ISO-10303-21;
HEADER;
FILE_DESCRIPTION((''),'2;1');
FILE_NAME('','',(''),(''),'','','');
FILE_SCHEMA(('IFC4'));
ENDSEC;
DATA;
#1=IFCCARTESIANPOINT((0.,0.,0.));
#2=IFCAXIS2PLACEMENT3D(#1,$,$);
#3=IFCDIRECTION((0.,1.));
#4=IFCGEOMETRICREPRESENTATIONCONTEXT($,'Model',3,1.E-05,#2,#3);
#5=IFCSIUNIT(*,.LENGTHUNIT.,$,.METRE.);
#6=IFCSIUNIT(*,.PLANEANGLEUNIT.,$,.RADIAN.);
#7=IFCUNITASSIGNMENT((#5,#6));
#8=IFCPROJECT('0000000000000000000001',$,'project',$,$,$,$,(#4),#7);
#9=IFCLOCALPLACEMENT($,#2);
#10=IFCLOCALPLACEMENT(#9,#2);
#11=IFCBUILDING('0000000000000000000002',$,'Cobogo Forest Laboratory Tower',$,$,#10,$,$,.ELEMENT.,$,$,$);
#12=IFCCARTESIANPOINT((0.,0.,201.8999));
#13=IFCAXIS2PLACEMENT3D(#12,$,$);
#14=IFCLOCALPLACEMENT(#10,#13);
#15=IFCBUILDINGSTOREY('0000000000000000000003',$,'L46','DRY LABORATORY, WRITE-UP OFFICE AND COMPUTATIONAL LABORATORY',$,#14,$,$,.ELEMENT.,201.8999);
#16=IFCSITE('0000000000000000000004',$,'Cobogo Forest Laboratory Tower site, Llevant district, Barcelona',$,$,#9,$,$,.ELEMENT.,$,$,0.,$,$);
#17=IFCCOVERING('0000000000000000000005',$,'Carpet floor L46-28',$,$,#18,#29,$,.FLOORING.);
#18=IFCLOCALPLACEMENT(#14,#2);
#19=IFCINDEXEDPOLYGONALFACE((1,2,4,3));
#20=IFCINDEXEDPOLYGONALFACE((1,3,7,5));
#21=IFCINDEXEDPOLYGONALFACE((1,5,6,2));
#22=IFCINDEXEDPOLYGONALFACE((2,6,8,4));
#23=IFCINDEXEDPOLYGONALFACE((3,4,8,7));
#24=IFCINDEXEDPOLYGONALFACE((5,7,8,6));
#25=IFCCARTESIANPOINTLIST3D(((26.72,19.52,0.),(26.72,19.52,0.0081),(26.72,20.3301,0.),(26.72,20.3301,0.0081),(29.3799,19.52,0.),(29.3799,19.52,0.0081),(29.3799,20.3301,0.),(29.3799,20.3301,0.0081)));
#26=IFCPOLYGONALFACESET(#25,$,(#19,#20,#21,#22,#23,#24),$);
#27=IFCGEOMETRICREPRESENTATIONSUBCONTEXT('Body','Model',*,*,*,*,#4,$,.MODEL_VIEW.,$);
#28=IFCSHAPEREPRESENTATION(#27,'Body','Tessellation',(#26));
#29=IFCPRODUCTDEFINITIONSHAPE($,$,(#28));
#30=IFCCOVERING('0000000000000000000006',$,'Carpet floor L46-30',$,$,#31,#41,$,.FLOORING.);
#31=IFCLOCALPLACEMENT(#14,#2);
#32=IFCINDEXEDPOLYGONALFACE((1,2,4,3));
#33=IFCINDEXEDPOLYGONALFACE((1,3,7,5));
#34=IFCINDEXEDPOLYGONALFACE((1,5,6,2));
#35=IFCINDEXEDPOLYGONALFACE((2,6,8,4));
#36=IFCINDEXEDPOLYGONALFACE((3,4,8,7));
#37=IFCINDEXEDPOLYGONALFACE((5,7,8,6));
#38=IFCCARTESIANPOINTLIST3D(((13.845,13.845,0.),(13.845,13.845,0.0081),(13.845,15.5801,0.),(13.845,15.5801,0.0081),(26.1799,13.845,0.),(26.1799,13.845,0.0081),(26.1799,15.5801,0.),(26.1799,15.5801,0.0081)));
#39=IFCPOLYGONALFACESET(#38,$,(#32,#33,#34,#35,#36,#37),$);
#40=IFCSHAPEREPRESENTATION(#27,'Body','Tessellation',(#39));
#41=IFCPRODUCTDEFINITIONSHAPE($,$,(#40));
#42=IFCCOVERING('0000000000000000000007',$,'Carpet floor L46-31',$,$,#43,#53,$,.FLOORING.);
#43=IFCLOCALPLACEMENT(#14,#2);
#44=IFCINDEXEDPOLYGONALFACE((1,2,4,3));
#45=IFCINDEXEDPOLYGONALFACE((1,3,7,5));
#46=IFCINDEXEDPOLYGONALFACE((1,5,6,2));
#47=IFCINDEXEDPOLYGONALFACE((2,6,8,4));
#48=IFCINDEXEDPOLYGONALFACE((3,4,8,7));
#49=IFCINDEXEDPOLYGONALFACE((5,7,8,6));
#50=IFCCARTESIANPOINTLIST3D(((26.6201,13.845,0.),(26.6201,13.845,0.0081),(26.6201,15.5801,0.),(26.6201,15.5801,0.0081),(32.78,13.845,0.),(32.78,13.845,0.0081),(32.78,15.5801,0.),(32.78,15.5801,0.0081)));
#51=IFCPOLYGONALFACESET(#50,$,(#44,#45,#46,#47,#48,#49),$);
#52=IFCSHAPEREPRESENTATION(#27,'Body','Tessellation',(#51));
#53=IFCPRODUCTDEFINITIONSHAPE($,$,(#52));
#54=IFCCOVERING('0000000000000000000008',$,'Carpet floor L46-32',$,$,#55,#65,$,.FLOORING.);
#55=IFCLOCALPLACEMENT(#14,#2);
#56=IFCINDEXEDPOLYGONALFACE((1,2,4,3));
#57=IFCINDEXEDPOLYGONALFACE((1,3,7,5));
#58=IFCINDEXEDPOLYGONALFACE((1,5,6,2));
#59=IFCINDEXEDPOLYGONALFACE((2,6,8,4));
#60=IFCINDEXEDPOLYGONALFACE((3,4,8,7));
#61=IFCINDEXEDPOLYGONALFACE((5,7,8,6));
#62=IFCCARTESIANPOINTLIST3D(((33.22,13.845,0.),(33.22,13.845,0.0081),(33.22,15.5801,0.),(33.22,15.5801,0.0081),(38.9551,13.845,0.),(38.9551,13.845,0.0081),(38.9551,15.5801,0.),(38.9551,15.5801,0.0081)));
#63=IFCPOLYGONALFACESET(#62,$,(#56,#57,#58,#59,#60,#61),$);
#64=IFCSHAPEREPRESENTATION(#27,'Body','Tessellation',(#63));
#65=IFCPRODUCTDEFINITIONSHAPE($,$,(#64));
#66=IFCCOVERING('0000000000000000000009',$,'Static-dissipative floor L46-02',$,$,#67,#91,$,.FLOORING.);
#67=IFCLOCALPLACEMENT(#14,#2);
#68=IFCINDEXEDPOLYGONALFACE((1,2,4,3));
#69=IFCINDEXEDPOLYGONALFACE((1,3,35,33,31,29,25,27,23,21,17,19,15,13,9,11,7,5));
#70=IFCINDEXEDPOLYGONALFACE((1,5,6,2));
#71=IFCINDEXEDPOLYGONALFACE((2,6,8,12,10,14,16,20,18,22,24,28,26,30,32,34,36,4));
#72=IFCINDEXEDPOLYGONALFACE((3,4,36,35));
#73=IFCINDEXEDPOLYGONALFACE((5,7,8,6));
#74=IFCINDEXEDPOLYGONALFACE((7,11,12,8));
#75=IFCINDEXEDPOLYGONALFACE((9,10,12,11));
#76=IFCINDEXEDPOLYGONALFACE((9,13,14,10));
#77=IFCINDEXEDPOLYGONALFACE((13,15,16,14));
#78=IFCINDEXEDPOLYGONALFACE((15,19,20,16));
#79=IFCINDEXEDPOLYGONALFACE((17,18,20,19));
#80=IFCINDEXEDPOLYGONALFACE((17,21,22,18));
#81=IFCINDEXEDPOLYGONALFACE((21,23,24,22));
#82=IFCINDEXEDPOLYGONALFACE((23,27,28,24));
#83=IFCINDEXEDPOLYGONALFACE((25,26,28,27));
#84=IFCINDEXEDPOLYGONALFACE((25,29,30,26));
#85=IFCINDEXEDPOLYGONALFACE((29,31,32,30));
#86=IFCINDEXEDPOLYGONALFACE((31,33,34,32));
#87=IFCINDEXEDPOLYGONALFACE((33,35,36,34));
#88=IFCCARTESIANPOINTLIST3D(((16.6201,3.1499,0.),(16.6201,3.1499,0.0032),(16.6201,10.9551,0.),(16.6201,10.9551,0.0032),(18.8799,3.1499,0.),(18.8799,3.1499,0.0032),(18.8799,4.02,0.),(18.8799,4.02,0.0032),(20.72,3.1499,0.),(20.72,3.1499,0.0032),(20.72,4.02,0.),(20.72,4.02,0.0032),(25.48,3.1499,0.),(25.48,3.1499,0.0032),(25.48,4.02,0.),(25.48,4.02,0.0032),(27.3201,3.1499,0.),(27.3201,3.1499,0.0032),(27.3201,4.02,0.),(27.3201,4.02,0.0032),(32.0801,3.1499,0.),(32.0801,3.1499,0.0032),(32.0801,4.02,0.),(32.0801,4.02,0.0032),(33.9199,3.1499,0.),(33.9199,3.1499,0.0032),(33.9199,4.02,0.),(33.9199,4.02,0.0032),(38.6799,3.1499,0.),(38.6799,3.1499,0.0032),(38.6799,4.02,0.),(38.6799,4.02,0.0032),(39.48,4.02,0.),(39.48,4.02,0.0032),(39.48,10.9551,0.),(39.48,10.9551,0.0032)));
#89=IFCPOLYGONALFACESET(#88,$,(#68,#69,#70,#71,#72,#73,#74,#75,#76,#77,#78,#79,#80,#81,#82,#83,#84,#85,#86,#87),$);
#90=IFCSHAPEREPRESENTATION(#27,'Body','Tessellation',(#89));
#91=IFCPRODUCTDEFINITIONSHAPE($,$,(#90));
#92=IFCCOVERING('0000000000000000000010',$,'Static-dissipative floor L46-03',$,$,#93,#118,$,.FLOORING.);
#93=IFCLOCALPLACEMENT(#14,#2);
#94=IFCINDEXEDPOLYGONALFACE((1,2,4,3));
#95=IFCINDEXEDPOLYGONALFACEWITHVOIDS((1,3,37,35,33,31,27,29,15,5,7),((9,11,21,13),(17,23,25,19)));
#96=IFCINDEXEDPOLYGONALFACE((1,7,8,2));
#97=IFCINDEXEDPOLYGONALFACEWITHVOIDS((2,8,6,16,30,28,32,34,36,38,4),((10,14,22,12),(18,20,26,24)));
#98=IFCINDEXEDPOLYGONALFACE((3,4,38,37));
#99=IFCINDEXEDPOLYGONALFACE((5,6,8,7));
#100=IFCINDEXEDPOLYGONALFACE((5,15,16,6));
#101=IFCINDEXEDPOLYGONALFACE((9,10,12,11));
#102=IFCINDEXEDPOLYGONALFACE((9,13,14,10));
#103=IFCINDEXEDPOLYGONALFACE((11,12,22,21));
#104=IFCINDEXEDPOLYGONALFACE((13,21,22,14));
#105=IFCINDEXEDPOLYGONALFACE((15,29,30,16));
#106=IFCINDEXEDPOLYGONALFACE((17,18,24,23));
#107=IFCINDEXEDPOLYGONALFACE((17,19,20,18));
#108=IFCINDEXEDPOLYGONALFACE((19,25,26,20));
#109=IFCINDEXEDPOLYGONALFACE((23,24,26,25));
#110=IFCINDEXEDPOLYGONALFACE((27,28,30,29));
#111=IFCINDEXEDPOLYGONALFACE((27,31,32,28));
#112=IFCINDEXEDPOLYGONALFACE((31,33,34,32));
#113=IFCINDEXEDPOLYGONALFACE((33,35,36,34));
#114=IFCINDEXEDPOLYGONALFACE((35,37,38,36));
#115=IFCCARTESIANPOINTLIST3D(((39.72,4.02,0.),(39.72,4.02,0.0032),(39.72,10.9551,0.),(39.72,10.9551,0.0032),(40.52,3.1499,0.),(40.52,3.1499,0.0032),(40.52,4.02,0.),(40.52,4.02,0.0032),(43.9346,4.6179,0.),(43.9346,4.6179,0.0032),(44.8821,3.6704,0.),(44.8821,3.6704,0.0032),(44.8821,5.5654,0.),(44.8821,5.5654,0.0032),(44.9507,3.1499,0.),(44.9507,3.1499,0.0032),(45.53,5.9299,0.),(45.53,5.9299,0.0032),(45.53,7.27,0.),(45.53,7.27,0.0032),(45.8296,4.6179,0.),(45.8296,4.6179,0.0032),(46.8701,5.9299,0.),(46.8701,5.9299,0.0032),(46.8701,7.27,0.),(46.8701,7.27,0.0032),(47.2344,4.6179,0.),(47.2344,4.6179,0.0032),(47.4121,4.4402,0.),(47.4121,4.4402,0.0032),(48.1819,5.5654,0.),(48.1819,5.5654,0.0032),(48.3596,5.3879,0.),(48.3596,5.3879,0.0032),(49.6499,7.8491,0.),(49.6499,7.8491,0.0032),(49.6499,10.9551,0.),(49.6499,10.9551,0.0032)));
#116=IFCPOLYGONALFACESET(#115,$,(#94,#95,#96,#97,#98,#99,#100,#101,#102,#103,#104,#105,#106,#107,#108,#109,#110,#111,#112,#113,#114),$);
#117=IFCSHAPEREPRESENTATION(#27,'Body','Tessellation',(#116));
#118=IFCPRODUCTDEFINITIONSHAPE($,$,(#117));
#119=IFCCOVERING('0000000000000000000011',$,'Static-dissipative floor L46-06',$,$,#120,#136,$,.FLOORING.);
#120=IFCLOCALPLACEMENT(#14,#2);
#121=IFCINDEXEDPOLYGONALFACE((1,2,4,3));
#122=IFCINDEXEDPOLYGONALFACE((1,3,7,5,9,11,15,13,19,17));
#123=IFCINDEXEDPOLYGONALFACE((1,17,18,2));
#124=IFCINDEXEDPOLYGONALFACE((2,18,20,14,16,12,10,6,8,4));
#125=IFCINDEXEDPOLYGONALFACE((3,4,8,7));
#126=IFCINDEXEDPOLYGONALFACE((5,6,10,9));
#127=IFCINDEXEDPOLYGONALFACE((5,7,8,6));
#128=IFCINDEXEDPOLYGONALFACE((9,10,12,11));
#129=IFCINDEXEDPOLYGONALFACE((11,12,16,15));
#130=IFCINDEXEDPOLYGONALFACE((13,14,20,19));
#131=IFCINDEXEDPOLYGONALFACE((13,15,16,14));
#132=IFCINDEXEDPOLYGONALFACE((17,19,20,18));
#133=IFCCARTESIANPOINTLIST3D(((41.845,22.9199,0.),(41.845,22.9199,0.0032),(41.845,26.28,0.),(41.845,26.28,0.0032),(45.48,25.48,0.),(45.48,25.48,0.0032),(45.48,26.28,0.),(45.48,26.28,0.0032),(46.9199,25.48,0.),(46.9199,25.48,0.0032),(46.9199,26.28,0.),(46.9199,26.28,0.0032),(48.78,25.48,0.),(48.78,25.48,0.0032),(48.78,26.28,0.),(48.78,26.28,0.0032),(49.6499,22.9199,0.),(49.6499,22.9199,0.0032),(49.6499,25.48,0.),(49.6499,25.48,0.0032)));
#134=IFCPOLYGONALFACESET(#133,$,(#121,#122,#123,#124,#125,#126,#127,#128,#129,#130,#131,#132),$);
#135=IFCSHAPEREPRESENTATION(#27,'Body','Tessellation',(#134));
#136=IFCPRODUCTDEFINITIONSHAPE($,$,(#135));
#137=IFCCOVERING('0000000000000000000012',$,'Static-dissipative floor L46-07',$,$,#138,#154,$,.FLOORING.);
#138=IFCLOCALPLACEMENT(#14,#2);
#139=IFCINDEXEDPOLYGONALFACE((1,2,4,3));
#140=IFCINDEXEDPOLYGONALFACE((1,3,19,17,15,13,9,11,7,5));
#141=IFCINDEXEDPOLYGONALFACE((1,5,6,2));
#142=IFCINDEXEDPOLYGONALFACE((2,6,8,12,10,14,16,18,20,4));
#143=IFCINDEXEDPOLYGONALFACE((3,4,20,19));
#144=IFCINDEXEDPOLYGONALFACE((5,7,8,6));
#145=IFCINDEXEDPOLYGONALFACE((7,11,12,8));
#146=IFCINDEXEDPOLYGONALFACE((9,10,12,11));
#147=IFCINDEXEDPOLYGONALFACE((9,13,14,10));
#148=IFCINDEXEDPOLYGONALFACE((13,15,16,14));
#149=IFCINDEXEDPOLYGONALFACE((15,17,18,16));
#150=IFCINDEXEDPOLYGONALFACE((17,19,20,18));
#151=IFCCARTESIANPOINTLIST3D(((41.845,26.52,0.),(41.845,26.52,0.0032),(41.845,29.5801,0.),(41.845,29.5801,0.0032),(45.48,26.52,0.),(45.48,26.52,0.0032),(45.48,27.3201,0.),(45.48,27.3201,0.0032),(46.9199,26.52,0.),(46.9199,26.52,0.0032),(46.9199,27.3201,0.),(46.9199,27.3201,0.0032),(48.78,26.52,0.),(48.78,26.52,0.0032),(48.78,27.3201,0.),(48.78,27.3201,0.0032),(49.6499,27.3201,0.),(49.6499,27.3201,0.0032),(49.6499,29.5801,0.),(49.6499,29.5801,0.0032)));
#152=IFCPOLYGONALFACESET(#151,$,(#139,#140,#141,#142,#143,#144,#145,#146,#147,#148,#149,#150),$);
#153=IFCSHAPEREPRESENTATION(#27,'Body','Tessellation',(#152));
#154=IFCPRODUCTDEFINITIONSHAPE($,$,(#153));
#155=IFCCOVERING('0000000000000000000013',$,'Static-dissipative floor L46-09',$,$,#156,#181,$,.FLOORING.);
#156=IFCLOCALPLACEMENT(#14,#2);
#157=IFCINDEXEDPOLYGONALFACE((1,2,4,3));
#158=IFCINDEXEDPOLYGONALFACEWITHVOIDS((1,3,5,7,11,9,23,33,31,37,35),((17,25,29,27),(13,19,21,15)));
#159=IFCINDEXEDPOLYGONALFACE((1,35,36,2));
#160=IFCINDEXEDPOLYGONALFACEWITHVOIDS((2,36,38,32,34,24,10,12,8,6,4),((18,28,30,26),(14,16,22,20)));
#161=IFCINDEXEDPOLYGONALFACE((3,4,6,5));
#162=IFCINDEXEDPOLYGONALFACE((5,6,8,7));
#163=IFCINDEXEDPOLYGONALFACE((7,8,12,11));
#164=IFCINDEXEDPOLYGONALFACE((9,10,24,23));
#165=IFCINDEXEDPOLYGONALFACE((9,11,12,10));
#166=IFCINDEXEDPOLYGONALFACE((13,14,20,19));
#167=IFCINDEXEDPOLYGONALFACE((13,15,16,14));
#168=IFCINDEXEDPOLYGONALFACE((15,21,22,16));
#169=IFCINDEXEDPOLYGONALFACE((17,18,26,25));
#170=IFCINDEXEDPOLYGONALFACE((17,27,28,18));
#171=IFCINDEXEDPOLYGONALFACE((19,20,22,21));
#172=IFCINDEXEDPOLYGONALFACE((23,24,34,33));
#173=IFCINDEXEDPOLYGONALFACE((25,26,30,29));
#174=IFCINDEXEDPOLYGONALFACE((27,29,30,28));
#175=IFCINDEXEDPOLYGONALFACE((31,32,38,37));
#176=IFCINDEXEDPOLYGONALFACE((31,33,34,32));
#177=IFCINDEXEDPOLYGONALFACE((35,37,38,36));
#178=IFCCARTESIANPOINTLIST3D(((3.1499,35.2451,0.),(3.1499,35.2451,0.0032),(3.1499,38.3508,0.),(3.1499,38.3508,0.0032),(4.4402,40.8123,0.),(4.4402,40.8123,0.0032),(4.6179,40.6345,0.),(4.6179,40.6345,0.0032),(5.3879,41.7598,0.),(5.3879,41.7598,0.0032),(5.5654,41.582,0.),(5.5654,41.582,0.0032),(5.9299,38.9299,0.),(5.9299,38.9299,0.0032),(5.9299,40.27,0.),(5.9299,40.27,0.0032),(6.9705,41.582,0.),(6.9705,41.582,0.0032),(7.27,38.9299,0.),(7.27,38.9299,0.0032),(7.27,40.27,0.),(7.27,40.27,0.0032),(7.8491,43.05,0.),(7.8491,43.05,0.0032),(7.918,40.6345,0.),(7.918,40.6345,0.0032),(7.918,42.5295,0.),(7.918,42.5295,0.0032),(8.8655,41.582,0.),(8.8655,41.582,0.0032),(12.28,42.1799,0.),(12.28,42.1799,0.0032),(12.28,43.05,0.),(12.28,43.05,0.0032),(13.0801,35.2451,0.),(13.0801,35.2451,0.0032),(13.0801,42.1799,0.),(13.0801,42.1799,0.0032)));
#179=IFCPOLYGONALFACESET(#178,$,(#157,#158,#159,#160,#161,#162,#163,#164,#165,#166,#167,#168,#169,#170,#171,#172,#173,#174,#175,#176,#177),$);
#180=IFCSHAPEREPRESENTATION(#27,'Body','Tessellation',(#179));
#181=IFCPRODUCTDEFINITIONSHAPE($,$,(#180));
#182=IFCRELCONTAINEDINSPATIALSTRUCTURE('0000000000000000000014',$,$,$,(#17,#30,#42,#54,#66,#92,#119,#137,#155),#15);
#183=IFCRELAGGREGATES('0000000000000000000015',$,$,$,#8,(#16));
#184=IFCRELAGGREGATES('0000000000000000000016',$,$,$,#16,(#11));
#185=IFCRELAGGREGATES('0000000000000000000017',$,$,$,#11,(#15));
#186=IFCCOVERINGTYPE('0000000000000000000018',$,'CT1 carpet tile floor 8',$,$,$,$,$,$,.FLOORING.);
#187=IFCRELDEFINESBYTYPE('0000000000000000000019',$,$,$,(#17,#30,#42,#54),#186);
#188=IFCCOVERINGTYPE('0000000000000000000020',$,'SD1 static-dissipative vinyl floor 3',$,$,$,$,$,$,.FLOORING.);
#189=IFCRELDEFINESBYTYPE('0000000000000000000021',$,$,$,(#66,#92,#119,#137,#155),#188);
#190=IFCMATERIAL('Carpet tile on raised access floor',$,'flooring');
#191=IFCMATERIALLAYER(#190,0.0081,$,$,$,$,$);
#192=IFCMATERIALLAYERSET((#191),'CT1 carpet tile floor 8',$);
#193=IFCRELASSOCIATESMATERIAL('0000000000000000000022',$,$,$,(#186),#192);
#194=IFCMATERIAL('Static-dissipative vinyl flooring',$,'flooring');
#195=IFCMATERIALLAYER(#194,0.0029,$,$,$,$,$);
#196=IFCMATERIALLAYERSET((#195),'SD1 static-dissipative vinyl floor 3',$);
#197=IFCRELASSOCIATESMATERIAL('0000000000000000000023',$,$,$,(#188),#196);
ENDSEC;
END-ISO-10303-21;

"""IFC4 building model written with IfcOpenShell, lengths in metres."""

from ifc_helpers import new_model, si_unit, direction, frame, origin, place, context, subcontext, project, spatial, polyline, outline, extrude, material, layer, layer_set, type_object, element, save


model = new_model("IFC4")

# Units and contexts
model_context = context("Model", 3, precision=1e-05, world=origin(), true_north=direction((0.0, 1.0)))
body_context = subcontext(model_context, "Body", "Model", "MODEL_VIEW")
ifc_project = project(units=[si_unit("LENGTHUNIT", "METRE"), si_unit("PLANEANGLEUNIT", "RADIAN")], contexts=[model_context])

# Site, building, storey
site_placement = place(None, origin())
site = spatial("IfcSite", under=ifc_project, at=site_placement, Name="Cobogo Forest Laboratory Tower site, Llevant district, Barcelona", CompositionType="ELEMENT", RefElevation=0.0)
building_placement = place(site_placement, origin())
building = spatial("IfcBuilding", under=site, at=building_placement, Name="Cobogo Forest Laboratory Tower", CompositionType="ELEMENT")
storey_placement = place(building_placement, frame((0.0, 0.0, 201.8999)))
storey = spatial("IfcBuildingStorey", under=building, at=storey_placement, Name="L46", Description="DRY LABORATORY, WRITE-UP OFFICE AND COMPUTATIONAL LABORATORY", CompositionType="ELEMENT", Elevation=201.8999)

# Coverings
ifc_material_1 = material(Name="Carpet tile on raised access floor", Category="flooring")
ifc_layer_1 = layer(ifc_material_1, 0.0081)
ifc_layer_set_1 = layer_set([ifc_layer_1], Name="CT1 carpet tile floor 8")
covering_type_1 = type_object("IfcCoveringType", Name="CT1 carpet tile floor 8", PredefinedType="FLOORING", material=ifc_layer_set_1)
covering_1_placement = place(storey_placement, origin())
element("IfcCovering", 1, at=covering_1_placement, inside=storey, type_object=covering_type_1, Name="Carpet floor L46-28", PredefinedType="FLOORING", context=body_context, shape_type="SweptSolid", body=[
    extrude(outline(polyline([(29.3799, 19.52), (26.72, 19.52), (26.72, 20.3301), (29.3799, 20.3301), (29.3799, 19.52)])), origin(), (0.0, 0.0, 1.0), 0.0081),
])
covering_2_placement = place(storey_placement, origin())
element("IfcCovering", 2, at=covering_2_placement, inside=storey, type_object=covering_type_1, Name="Carpet floor L46-30", PredefinedType="FLOORING", context=body_context, shape_type="SweptSolid", body=[
    extrude(outline(polyline([(26.1799, 13.845), (13.845, 13.845), (13.845, 15.5801), (26.1799, 15.5801), (26.1799, 13.845)])), origin(), (0.0, 0.0, 1.0), 0.0081),
])
covering_3_placement = place(storey_placement, origin())
element("IfcCovering", 3, at=covering_3_placement, inside=storey, type_object=covering_type_1, Name="Carpet floor L46-31", PredefinedType="FLOORING", context=body_context, shape_type="SweptSolid", body=[
    extrude(outline(polyline([(32.78, 13.845), (26.6201, 13.845), (26.6201, 15.5801), (32.78, 15.5801), (32.78, 13.845)])), origin(), (0.0, 0.0, 1.0), 0.0081),
])
covering_4_placement = place(storey_placement, origin())
element("IfcCovering", 4, at=covering_4_placement, inside=storey, type_object=covering_type_1, Name="Carpet floor L46-32", PredefinedType="FLOORING", context=body_context, shape_type="SweptSolid", body=[
    extrude(outline(polyline([(38.9551, 13.845), (33.22, 13.845), (33.22, 15.5801), (38.9551, 15.5801), (38.9551, 13.845)])), origin(), (0.0, 0.0, 1.0), 0.0081),
])
ifc_material_2 = material(Name="Static-dissipative vinyl flooring", Category="flooring")
ifc_layer_2 = layer(ifc_material_2, 0.0029)
ifc_layer_set_2 = layer_set([ifc_layer_2], Name="SD1 static-dissipative vinyl floor 3")
covering_type_2 = type_object("IfcCoveringType", Name="SD1 static-dissipative vinyl floor 3", PredefinedType="FLOORING", material=ifc_layer_set_2)
covering_5_placement = place(storey_placement, origin())
element("IfcCovering", 5, at=covering_5_placement, inside=storey, type_object=covering_type_2, Name="Static-dissipative floor L46-02", PredefinedType="FLOORING", context=body_context, shape_type="SweptSolid", body=[
    extrude(outline(polyline([(39.48, 10.9551), (39.48, 4.02), (38.6799, 4.02), (38.6799, 3.1499), (33.9199, 3.1499), (33.9199, 4.02), (32.0801, 4.02), (32.0801, 3.1499), (27.3201, 3.1499), (27.3201, 4.02), (25.48, 4.02), (25.48, 3.1499), (20.72, 3.1499), (20.72, 4.02), (18.8799, 4.02), (18.8799, 3.1499), (16.6201, 3.1499), (16.6201, 10.9551), (39.48, 10.9551)])), origin(), (0.0, 0.0, 1.0), 0.0032),
])
covering_6_placement = place(storey_placement, origin())
element("IfcCovering", 6, at=covering_6_placement, inside=storey, type_object=covering_type_2, Name="Static-dissipative floor L46-03", PredefinedType="FLOORING", context=body_context, shape_type="SweptSolid", body=[
    extrude(outline(polyline([(49.6499, 10.9551), (49.6499, 7.8491), (48.3596, 5.3879), (48.1819, 5.5654), (47.2344, 4.6179), (47.4121, 4.4402), (44.9507, 3.1499), (40.52, 3.1499), (40.52, 4.02), (39.72, 4.02), (39.72, 10.9551), (49.6499, 10.9551)]), holes=[polyline([(45.53, 5.9299), (46.8701, 5.9299), (46.8701, 7.27), (45.53, 7.27), (45.53, 5.9299)]), polyline([(44.8821, 3.6704), (45.8296, 4.6179), (44.8821, 5.5654), (43.9346, 4.6179), (44.8821, 3.6704)])]), origin(), (0.0, 0.0, 1.0), 0.0032),
])
covering_7_placement = place(storey_placement, origin())
element("IfcCovering", 7, at=covering_7_placement, inside=storey, type_object=covering_type_2, Name="Static-dissipative floor L46-06", PredefinedType="FLOORING", context=body_context, shape_type="SweptSolid", body=[
    extrude(outline(polyline([(41.845, 26.28), (45.48, 26.28), (45.48, 25.48), (46.9199, 25.48), (46.9199, 26.28), (48.78, 26.28), (48.78, 25.48), (49.6499, 25.48), (49.6499, 22.9199), (41.845, 22.9199), (41.845, 26.28)])), origin(), (0.0, 0.0, 1.0), 0.0032),
])
covering_8_placement = place(storey_placement, origin())
element("IfcCovering", 8, at=covering_8_placement, inside=storey, type_object=covering_type_2, Name="Static-dissipative floor L46-07", PredefinedType="FLOORING", context=body_context, shape_type="SweptSolid", body=[
    extrude(outline(polyline([(41.845, 29.5801), (49.6499, 29.5801), (49.6499, 27.3201), (48.78, 27.3201), (48.78, 26.52), (46.9199, 26.52), (46.9199, 27.3201), (45.48, 27.3201), (45.48, 26.52), (41.845, 26.52), (41.845, 29.5801)])), origin(), (0.0, 0.0, 1.0), 0.0032),
])
covering_9_placement = place(storey_placement, origin())
element("IfcCovering", 9, at=covering_9_placement, inside=storey, type_object=covering_type_2, Name="Static-dissipative floor L46-09", PredefinedType="FLOORING", context=body_context, shape_type="SweptSolid", body=[
    extrude(outline(polyline([(3.1499, 35.2451), (3.1499, 38.3508), (4.4402, 40.8123), (4.6179, 40.6345), (5.5654, 41.582), (5.3879, 41.7598), (7.8491, 43.05), (12.28, 43.05), (12.28, 42.1799), (13.0801, 42.1799), (13.0801, 35.2451), (3.1499, 35.2451)]), holes=[polyline([(7.918, 40.6345), (8.8655, 41.582), (7.918, 42.5295), (6.9705, 41.582), (7.918, 40.6345)]), polyline([(5.9299, 38.9299), (7.27, 38.9299), (7.27, 40.27), (5.9299, 40.27), (5.9299, 38.9299)])]), origin(), (0.0, 0.0, 1.0), 0.0032),
])

save(model, "model.ifc")
